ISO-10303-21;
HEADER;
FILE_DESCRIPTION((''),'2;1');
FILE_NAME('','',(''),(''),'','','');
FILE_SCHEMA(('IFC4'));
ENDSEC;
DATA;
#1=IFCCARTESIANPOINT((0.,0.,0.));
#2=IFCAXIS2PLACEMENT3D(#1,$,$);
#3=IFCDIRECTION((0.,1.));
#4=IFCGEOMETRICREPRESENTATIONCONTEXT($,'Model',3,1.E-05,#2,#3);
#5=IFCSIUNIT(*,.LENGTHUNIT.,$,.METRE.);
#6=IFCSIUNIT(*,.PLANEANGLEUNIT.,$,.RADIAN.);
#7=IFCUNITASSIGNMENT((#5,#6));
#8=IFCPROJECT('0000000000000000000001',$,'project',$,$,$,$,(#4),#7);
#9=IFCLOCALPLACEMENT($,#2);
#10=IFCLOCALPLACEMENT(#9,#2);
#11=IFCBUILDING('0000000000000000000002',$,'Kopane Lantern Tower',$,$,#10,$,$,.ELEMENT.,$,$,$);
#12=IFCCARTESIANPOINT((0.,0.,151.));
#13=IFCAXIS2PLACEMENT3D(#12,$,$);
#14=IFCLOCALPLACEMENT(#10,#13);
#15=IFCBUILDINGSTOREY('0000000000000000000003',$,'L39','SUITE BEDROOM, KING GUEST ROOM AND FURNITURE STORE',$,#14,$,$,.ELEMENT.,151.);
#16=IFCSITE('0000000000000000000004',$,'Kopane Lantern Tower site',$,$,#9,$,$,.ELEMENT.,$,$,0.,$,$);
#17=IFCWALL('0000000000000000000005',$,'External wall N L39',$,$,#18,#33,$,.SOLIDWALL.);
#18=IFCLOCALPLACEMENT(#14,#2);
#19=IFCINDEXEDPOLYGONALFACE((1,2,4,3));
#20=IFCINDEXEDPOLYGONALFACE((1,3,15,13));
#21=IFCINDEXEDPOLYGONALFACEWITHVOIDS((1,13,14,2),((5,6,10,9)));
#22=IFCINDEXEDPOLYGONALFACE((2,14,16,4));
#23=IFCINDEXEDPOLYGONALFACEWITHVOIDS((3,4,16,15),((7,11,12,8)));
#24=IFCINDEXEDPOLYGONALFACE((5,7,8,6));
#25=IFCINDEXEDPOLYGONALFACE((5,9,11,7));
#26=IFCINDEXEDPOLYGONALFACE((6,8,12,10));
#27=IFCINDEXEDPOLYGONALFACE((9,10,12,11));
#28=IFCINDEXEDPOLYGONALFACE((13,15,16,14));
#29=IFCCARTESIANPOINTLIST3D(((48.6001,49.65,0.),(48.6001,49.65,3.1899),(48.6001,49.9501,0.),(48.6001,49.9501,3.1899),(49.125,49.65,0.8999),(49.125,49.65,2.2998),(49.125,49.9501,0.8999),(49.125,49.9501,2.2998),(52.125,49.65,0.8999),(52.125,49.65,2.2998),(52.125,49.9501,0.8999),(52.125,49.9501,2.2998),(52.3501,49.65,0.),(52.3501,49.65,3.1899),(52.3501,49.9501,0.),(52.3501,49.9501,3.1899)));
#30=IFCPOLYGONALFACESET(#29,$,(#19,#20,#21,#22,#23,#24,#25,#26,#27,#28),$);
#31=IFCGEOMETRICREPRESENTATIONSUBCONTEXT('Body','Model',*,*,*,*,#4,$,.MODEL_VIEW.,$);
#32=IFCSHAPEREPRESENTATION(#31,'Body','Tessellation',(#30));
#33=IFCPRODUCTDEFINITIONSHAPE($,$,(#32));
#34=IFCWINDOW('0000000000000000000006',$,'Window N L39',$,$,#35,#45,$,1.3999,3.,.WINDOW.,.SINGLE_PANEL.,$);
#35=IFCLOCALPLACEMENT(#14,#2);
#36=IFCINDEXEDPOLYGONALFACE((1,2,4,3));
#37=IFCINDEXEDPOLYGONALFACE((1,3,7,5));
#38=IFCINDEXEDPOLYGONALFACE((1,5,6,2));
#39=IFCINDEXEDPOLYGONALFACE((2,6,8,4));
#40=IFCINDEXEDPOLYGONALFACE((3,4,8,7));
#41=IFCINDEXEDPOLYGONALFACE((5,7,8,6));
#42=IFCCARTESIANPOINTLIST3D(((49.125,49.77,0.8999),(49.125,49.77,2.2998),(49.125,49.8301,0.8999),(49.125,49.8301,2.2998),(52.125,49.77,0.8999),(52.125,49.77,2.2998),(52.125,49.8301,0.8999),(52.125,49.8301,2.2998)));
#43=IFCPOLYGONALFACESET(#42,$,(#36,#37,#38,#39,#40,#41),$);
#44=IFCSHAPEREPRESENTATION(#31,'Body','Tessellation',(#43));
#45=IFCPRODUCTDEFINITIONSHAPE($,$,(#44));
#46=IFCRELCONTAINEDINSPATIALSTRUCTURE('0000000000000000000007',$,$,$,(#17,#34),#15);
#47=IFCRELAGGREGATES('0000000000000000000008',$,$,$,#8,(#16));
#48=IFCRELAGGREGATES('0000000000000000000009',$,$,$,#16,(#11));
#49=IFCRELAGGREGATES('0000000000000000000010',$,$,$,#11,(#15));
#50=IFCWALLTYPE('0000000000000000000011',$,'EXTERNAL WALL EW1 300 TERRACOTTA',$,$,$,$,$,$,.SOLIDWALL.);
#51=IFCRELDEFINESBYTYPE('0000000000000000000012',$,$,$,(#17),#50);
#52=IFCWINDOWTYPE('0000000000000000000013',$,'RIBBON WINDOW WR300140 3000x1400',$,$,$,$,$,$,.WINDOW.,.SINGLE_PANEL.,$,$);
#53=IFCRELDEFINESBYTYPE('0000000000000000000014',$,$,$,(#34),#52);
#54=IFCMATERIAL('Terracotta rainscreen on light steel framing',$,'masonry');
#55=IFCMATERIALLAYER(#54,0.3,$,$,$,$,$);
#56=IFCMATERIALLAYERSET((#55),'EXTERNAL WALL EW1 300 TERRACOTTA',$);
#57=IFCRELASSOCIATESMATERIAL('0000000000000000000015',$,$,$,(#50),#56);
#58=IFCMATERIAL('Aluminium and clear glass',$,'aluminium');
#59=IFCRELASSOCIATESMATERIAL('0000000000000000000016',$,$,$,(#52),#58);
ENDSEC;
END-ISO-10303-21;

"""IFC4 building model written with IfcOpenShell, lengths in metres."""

from ifc_helpers import new_model, si_unit, direction, frame, frame_2d, origin, place, context, subcontext, project, spatial, rectangle, extrude, material, layer, layer_set, type_object, element, fill, save


model = new_model("IFC4")

# Units and contexts
model_context = context("Model", 3, precision=1e-05, world=origin(), true_north=direction((0.0, 1.0)))
body_context = subcontext(model_context, "Body", "Model", "MODEL_VIEW")
ifc_project = project(units=[si_unit("LENGTHUNIT", "METRE"), si_unit("PLANEANGLEUNIT", "RADIAN")], contexts=[model_context])

# Site, building, storey
site_placement = place(None, origin())
site = spatial("IfcSite", under=ifc_project, at=site_placement, Name="Kopane Lantern Tower site", CompositionType="ELEMENT", RefElevation=0.0)
building_placement = place(site_placement, origin())
building = spatial("IfcBuilding", under=site, at=building_placement, Name="Kopane Lantern Tower", CompositionType="ELEMENT")
storey_placement = place(building_placement, frame((0.0, 0.0, 151.0)))
storey = spatial("IfcBuildingStorey", under=building, at=storey_placement, Name="L39", Description="SUITE BEDROOM, KING GUEST ROOM AND FURNITURE STORE", CompositionType="ELEMENT", Elevation=151.0)

# Wall, opening, window
ifc_material_1 = material(Name="Terracotta rainscreen on light steel framing", Category="masonry")
ifc_layer_1 = layer(ifc_material_1, 0.3)
ifc_layer_set_1 = layer_set([ifc_layer_1], Name="EXTERNAL WALL EW1 300 TERRACOTTA")
wall_type_1 = type_object("IfcWallType", Name="EXTERNAL WALL EW1 300 TERRACOTTA", PredefinedType="SOLIDWALL", material=ifc_layer_set_1)
ifc_material_2 = material(Name="Aluminium and clear glass", Category="aluminium")
window_type = type_object("IfcWindowType", Name="RIBBON WINDOW WR300140 3000x1400", PartitioningType="SINGLE_PANEL", PredefinedType="WINDOW", material=ifc_material_2)
wall_1_placement = place(storey_placement, frame((52.3501, 49.8, 0.0), z_axis=(0.0, 0.0, 1.0), x_axis=(-1.0, 0.0, 0.0)))
wall_1 = element("IfcWall", 1, at=wall_1_placement, inside=storey, type_object=wall_type_1, Name="External wall N L39", PredefinedType="SOLIDWALL", context=body_context, shape_type="SweptSolid", body=[
    extrude(rectangle(XDim=3.75, YDim=0.3, at=frame_2d((1.875, 0.0))), origin(), (0.0, 0.0, 1.0), 3.1899),
])
opening_1_placement = place(wall_1_placement, frame((0.2251, 0.0, 0.8999)))
opening_1 = element("IfcOpeningElement", 2, at=opening_1_placement, cuts=wall_1, PredefinedType="OPENING", context=body_context, shape_type="SweptSolid", body=[
    extrude(rectangle(XDim=3.0, YDim=1.3999, at=frame_2d((1.5, 0.7))), frame((0.0, 0.1599, 0.0), z_axis=(0.0, -1.0, 0.0), x_axis=(1.0, 0.0, 0.0)), (0.0, 0.0, 1.0), 0.3201),
])
window_1_placement = place(opening_1_placement, origin())
window_1 = element("IfcWindow", 3, at=window_1_placement, inside=storey, type_object=window_type, Name="Window N L39", OverallHeight=1.3999, OverallWidth=3.0, PartitioningType="SINGLE_PANEL", PredefinedType="WINDOW", context=body_context, shape_type="SweptSolid", body=[
    extrude(rectangle(XDim=3.0, YDim=1.3999, at=frame_2d((1.5, 0.7))), frame((0.0, 0.03, 0.0), z_axis=(0.0, -1.0, 0.0), x_axis=(1.0, 0.0, 0.0)), (0.0, 0.0, 1.0), 0.0601),
])
fill(opening_1, window_1)

save(model, "model.ifc")
